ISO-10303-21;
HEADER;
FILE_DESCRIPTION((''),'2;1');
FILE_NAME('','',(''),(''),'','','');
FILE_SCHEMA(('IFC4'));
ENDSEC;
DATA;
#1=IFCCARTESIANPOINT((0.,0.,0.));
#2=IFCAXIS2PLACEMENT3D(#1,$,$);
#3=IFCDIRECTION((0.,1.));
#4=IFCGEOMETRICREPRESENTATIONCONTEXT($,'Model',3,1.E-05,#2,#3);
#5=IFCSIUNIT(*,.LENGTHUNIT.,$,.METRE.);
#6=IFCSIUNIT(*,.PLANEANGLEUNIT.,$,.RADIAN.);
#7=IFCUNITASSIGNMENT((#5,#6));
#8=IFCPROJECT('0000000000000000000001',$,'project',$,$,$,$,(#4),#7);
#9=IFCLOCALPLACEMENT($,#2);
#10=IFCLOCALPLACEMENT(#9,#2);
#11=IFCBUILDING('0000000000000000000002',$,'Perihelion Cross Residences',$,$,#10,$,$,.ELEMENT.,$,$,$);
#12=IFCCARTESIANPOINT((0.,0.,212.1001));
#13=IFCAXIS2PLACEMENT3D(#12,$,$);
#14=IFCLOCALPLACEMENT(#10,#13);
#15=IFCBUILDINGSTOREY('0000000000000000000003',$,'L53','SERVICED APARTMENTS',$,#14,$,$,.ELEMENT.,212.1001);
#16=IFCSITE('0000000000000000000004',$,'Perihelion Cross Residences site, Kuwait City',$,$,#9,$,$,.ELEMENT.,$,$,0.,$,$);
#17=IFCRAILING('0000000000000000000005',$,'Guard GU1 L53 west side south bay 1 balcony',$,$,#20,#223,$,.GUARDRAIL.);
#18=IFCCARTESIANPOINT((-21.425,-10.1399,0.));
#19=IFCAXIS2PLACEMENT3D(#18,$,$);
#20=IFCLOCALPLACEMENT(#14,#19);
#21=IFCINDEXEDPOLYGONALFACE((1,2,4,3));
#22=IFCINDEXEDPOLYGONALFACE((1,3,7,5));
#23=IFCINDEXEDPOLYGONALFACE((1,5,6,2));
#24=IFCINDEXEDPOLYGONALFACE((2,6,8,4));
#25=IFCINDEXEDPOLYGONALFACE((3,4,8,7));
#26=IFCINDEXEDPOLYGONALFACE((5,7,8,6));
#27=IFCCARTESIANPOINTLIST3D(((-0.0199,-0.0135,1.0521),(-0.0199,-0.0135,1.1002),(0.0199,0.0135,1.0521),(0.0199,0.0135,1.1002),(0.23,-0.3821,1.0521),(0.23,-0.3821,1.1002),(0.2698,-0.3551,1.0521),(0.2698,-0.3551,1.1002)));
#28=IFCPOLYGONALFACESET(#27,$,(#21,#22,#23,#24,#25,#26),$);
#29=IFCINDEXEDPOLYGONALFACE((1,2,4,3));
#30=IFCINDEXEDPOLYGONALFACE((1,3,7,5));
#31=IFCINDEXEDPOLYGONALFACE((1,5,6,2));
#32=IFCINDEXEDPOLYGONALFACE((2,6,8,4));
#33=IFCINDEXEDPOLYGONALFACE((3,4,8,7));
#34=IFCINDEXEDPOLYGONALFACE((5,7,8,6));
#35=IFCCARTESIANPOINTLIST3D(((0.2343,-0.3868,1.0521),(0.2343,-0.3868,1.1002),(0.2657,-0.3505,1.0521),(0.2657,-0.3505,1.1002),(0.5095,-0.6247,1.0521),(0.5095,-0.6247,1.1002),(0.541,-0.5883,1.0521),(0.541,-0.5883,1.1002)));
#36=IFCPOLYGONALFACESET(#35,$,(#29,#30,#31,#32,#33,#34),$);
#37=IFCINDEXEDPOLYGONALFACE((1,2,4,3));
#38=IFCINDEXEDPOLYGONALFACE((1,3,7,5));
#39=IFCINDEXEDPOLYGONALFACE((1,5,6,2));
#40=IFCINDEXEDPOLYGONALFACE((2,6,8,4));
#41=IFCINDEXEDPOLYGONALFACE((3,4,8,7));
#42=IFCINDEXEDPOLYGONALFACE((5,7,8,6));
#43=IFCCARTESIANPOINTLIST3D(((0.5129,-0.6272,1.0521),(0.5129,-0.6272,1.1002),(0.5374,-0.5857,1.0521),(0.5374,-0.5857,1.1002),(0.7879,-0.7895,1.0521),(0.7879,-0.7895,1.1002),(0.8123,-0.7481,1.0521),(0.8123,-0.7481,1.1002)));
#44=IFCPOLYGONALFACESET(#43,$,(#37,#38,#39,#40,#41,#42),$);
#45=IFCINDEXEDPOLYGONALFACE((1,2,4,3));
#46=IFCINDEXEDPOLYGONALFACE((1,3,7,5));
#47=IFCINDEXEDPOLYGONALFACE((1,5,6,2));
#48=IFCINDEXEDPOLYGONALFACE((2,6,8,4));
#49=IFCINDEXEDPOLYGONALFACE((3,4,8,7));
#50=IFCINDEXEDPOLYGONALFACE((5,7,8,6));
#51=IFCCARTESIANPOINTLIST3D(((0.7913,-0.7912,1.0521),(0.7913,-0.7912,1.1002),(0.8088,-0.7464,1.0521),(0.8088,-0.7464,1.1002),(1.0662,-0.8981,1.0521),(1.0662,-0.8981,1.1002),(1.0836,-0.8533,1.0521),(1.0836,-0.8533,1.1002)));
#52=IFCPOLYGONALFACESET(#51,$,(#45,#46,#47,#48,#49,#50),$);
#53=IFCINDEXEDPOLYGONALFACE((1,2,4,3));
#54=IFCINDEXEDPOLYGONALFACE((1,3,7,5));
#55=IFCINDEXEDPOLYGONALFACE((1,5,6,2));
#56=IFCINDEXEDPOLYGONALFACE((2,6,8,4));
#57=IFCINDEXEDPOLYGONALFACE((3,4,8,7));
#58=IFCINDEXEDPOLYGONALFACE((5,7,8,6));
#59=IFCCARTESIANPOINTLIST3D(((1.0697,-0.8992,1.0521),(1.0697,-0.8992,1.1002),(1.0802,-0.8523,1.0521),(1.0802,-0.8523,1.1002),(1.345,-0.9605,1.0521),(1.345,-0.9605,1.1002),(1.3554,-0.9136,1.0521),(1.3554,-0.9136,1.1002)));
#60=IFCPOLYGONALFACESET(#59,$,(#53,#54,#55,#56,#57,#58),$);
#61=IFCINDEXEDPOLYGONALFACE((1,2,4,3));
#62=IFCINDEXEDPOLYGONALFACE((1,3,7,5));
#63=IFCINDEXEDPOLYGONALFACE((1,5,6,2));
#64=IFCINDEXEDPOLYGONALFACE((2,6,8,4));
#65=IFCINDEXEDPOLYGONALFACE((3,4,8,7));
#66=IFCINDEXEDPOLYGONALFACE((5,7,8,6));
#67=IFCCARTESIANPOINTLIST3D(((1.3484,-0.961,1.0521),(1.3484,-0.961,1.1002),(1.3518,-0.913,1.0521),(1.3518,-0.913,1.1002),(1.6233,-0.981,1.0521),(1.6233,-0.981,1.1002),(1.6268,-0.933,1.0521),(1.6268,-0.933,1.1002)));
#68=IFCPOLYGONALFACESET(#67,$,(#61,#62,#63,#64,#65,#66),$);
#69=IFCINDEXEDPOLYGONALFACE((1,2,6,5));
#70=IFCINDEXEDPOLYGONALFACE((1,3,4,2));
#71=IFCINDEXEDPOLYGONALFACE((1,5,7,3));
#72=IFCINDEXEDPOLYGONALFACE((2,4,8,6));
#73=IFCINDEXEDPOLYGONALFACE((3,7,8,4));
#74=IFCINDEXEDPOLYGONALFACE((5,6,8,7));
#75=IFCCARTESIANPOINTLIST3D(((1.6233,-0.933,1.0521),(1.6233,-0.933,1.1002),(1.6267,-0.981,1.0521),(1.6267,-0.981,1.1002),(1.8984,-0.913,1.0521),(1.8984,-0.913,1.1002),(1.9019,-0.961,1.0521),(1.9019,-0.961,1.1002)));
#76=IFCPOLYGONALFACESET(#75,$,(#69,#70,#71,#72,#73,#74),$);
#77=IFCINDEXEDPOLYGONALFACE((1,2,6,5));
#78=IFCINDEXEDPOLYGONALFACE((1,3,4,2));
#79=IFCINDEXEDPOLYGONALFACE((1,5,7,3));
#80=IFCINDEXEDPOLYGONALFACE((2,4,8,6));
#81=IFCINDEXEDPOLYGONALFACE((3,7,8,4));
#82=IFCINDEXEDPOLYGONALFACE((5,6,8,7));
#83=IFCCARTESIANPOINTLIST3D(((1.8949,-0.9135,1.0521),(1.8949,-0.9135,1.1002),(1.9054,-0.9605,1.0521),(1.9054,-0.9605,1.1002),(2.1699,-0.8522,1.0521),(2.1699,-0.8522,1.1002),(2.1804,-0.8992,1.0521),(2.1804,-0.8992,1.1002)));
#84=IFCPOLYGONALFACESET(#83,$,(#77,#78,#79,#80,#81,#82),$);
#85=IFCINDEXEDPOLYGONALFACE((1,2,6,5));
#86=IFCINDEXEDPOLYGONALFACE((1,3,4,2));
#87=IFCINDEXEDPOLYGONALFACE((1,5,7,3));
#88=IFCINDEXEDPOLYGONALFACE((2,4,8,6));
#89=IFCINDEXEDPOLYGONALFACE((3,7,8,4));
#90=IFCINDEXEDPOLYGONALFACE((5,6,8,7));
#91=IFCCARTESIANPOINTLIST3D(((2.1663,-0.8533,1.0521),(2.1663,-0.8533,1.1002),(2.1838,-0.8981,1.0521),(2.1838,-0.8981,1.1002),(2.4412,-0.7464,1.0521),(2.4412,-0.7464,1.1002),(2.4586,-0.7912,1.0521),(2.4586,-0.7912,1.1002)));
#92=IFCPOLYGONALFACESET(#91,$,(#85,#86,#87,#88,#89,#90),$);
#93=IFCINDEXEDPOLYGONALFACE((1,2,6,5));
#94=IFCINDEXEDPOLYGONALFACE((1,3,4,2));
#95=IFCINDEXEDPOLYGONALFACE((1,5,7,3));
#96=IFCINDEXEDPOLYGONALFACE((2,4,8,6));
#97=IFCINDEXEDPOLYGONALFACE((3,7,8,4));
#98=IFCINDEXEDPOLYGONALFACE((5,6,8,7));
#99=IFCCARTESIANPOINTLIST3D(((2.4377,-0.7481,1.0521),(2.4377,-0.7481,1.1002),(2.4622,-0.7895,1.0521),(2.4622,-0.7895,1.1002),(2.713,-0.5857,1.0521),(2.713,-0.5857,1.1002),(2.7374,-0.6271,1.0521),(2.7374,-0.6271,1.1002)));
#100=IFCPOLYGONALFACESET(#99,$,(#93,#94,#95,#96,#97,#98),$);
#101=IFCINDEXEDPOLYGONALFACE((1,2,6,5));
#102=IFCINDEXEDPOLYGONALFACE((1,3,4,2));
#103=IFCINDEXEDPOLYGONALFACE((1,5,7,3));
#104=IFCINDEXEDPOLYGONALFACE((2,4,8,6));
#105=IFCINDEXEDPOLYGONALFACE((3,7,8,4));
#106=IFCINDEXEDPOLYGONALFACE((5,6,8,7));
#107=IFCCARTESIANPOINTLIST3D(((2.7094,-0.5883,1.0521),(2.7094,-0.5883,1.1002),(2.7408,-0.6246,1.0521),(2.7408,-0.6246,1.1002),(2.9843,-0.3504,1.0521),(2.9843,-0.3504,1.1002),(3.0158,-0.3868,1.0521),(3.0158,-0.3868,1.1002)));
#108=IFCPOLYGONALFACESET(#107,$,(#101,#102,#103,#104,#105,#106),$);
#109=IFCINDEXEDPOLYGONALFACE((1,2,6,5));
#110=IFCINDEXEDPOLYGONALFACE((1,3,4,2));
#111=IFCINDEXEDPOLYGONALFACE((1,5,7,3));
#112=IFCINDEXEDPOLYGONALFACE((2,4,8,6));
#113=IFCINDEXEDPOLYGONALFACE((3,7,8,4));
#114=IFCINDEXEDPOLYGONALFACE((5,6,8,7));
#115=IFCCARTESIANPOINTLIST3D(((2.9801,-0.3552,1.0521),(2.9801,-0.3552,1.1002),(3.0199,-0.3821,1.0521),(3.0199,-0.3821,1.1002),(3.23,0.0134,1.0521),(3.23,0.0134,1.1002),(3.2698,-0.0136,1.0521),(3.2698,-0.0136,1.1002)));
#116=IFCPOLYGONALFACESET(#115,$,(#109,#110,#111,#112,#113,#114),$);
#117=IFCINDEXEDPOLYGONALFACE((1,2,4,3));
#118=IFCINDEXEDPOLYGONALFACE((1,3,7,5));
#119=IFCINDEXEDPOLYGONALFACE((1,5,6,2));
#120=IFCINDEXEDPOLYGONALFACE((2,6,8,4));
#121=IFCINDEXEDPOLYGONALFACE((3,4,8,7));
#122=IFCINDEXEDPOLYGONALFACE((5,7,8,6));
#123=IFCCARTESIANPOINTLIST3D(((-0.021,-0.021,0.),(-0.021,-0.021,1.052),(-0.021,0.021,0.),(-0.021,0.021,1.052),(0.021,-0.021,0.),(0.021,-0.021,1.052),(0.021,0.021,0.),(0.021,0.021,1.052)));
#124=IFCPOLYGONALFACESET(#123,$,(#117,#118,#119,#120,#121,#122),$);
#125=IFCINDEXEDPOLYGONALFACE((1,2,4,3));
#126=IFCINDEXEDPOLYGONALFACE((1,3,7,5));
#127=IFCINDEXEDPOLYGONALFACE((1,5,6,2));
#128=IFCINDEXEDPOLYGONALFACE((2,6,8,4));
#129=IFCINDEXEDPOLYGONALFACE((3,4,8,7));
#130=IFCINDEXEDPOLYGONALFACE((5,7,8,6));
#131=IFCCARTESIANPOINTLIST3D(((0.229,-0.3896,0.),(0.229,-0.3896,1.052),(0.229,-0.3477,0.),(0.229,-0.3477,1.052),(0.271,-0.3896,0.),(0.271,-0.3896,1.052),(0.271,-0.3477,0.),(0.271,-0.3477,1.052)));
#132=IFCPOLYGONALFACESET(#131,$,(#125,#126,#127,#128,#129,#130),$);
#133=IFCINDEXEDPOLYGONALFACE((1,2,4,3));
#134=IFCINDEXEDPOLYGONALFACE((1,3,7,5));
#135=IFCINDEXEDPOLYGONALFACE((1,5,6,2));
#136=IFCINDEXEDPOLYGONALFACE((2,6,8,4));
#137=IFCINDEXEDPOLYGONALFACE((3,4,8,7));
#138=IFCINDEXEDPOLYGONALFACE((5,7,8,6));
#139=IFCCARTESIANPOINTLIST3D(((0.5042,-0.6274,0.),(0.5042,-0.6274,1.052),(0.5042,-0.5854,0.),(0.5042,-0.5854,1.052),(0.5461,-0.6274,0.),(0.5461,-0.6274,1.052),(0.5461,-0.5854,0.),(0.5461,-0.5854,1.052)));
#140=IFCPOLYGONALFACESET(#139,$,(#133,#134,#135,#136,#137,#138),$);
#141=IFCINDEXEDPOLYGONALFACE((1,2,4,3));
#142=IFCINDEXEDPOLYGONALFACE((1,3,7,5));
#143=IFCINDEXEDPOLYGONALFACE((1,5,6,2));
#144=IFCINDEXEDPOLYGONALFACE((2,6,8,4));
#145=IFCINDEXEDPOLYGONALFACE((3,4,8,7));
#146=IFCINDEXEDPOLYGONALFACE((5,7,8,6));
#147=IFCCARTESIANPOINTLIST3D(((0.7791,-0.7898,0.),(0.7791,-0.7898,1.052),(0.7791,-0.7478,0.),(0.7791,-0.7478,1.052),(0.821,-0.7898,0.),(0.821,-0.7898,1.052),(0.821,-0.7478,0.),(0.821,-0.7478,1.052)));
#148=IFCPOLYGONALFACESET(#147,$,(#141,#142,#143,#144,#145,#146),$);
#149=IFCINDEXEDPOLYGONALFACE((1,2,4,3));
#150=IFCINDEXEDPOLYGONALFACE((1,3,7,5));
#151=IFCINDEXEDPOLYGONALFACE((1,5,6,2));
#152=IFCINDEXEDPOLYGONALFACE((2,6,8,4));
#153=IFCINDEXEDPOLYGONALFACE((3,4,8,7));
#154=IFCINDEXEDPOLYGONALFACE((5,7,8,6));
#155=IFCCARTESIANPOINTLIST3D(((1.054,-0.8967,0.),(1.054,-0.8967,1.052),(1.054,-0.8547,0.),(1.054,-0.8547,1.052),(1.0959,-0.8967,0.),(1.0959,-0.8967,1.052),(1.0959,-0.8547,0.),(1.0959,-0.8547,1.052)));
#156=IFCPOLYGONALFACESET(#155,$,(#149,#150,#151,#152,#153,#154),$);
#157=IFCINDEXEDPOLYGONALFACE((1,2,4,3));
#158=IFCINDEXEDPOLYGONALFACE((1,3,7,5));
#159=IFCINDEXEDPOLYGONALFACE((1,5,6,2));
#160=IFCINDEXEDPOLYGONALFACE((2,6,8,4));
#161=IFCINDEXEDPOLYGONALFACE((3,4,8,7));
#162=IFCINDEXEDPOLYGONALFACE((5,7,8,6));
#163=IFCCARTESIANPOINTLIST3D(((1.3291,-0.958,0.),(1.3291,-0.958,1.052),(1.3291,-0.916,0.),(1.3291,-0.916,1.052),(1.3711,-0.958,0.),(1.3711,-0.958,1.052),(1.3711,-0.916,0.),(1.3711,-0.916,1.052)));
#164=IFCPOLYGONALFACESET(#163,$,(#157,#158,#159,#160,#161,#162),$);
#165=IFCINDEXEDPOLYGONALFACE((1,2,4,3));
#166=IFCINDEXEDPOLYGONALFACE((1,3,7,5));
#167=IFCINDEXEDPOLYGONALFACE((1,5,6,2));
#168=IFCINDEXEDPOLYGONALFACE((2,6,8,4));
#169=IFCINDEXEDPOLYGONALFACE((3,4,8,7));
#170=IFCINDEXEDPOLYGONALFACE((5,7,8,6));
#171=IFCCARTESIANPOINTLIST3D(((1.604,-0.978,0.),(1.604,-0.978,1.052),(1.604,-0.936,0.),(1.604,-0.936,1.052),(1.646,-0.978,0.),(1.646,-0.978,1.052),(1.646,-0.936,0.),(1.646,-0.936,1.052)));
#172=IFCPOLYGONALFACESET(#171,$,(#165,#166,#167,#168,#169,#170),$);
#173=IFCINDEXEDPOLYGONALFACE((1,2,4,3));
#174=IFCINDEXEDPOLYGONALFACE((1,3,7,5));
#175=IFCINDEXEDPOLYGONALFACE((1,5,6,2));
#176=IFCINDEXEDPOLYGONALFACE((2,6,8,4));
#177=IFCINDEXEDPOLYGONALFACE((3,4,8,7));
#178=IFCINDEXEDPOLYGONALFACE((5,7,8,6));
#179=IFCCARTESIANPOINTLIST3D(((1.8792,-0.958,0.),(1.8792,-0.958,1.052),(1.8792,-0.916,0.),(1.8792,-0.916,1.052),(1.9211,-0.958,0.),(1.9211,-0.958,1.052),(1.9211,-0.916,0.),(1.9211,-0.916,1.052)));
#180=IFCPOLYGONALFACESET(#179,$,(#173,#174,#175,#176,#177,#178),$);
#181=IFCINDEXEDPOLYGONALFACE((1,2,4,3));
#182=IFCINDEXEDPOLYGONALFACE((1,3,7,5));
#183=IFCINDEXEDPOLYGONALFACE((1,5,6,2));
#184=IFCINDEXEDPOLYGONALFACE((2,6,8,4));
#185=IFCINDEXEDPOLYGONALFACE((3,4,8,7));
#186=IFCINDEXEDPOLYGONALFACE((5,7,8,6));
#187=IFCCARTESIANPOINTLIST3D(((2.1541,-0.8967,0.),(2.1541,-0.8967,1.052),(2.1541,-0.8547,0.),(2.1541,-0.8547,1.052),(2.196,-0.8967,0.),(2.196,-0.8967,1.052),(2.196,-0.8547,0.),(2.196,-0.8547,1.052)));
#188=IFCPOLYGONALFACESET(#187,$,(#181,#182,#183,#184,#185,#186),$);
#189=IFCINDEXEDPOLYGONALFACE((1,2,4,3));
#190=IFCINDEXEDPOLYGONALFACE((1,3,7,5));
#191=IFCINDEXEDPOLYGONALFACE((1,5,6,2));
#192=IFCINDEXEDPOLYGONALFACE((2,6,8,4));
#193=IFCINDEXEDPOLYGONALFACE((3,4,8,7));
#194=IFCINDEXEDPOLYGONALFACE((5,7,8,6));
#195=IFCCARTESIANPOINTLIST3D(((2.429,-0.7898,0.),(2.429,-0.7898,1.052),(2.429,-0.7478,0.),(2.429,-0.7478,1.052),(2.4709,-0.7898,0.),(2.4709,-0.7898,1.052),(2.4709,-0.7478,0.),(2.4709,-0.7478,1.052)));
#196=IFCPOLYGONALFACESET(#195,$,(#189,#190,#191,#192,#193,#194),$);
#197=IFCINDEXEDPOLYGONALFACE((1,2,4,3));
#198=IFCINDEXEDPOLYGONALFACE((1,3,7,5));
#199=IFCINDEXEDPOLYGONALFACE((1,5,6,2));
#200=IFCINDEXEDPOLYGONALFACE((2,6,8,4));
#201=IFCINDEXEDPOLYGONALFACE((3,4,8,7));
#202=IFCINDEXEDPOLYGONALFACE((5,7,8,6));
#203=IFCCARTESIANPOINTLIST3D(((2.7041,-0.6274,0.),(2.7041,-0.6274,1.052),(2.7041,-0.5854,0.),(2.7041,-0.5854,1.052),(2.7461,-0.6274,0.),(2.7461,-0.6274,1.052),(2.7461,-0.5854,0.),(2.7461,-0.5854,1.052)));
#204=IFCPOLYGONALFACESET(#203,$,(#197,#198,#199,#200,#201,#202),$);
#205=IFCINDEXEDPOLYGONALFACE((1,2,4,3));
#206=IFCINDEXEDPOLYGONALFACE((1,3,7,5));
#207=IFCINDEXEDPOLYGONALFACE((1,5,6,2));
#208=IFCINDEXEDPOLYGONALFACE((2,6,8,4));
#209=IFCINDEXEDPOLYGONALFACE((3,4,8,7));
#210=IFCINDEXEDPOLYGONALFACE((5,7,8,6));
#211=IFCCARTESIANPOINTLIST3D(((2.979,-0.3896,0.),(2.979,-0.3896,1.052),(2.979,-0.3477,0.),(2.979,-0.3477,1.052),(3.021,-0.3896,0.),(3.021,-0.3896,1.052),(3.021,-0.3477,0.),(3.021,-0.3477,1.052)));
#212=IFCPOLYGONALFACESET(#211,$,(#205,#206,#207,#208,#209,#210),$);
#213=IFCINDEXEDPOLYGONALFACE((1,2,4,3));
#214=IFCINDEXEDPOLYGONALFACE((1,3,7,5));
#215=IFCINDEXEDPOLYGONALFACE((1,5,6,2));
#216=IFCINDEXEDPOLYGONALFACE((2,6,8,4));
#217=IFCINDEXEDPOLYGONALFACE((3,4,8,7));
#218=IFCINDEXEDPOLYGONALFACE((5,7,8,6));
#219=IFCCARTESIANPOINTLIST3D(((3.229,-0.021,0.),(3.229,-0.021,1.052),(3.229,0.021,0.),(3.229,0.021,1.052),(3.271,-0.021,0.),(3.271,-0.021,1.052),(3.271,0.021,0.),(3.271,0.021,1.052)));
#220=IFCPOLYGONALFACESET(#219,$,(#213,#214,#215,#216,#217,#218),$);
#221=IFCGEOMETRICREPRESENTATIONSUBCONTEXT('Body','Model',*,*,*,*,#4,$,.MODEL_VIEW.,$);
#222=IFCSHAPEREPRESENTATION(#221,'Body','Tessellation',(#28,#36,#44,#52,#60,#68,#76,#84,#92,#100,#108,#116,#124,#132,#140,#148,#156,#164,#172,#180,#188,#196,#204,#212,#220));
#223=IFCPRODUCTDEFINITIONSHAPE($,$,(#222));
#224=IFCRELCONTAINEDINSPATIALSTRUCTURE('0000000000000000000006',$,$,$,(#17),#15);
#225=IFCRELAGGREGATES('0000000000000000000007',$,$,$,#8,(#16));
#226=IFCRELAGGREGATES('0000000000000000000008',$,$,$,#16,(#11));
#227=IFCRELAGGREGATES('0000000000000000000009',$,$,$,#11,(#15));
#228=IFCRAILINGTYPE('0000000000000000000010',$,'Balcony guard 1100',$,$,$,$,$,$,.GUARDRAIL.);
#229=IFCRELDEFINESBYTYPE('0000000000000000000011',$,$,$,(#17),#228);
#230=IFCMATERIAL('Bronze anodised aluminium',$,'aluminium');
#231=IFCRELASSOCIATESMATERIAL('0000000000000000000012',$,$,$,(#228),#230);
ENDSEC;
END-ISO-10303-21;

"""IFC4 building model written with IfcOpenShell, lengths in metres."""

from ifc_helpers import new_model, si_unit, direction, frame, origin, origin_2d, place, context, subcontext, project, spatial, rectangle, extrude, material, type_object, element, save


model = new_model("IFC4")

# Units and contexts
model_context = context("Model", 3, precision=1e-05, world=origin(), true_north=direction((0.0, 1.0)))
body_context = subcontext(model_context, "Body", "Model", "MODEL_VIEW")
ifc_project = project(units=[si_unit("LENGTHUNIT", "METRE"), si_unit("PLANEANGLEUNIT", "RADIAN")], contexts=[model_context])

# Site, building, storey
site_placement = place(None, origin())
site = spatial("IfcSite", under=ifc_project, at=site_placement, Name="Perihelion Cross Residences site, Kuwait City", CompositionType="ELEMENT", RefElevation=0.0)
building_placement = place(site_placement, origin())
building = spatial("IfcBuilding", under=site, at=building_placement, Name="Perihelion Cross Residences", CompositionType="ELEMENT")
storey_placement = place(building_placement, frame((0.0, 0.0, 212.1001)))
storey = spatial("IfcBuildingStorey", under=building, at=storey_placement, Name="L53", Description="SERVICED APARTMENTS", CompositionType="ELEMENT", Elevation=212.1001)

# Railing
ifc_material_1 = material(Name="Bronze anodised aluminium", Category="aluminium")
railing_type_1 = type_object("IfcRailingType", Name="Balcony guard 1100", PredefinedType="GUARDRAIL", material=ifc_material_1)
railing_1_placement = place(storey_placement, frame((-21.425, -10.1399, 0.0)))
element("IfcRailing", 1, at=railing_1_placement, inside=storey, type_object=railing_type_1, Name="Guard GU1 L53 west side south bay 1 balcony", PredefinedType="GUARDRAIL", context=body_context, shape_type="SweptSolid", body=[
    extrude(rectangle(XDim=0.0481, YDim=0.0481, at=origin_2d()), frame((0.0, 0.0, 1.0762), z_axis=(0.56126, -0.827639, 0.0), x_axis=(0.827639, 0.56126, 0.0)), (0.0, 0.0, 1.0), 0.4453),
    extrude(rectangle(XDim=0.0481, YDim=0.0481, at=origin_2d()), frame((0.25, -0.3687, 1.0762), z_axis=(0.756597, -0.653882, 0.0), x_axis=(0.653882, 0.756597, 0.0)), (0.0, 0.0, 1.0), 0.3638),
    extrude(rectangle(XDim=0.0481, YDim=0.0481, at=origin_2d()), frame((0.5251, -0.6064, 1.0762), z_axis=(0.861048, -0.508523, 0.0), x_axis=(0.508523, 0.861048, 0.0)), (0.0, 0.0, 1.0), 0.3193),
    extrude(rectangle(XDim=0.0481, YDim=0.0481, at=origin_2d()), frame((0.8, -0.7688, 1.0762), z_axis=(0.931974, -0.362526, 0.0), x_axis=(0.362526, 0.931974, 0.0)), (0.0, 0.0, 1.0), 0.2949),
    extrude(rectangle(XDim=0.0481, YDim=0.0481, at=origin_2d()), frame((1.075, -0.8757, 1.0762), z_axis=(0.976085, -0.217389, 0.0), x_axis=(0.217389, 0.976085, 0.0)), (0.0, 0.0, 1.0), 0.282),
    extrude(rectangle(XDim=0.0481, YDim=0.0481, at=origin_2d()), frame((1.3501, -0.937, 1.0762), z_axis=(0.997359, -0.072632, 0.0), x_axis=(0.072632, 0.997359, 0.0)), (0.0, 0.0, 1.0), 0.2756),
    extrude(rectangle(XDim=0.0481, YDim=0.0481, at=origin_2d()), frame((1.625, -0.957, 1.0762), z_axis=(0.997363, 0.072568, 0.0), x_axis=(-0.072568, 0.997363, 0.0)), (0.0, 0.0, 1.0), 0.2759),
    extrude(rectangle(XDim=0.0481, YDim=0.0481, at=origin_2d()), frame((1.9001, -0.937, 1.0762), z_axis=(0.976044, 0.217573, 0.0), x_axis=(-0.217573, 0.976044, 0.0)), (0.0, 0.0, 1.0), 0.2817),
    extrude(rectangle(XDim=0.0481, YDim=0.0481, at=origin_2d()), frame((2.175, -0.8757, 1.0762), z_axis=(0.931974, 0.362526, 0.0), x_axis=(-0.362526, 0.931974, 0.0)), (0.0, 0.0, 1.0), 0.2949),
    extrude(rectangle(XDim=0.0481, YDim=0.0481, at=origin_2d()), frame((2.45, -0.7688, 1.0762), z_axis=(0.861246, 0.508189, 0.0), x_axis=(-0.508189, 0.861246, 0.0)), (0.0, 0.0, 1.0), 0.3196),
    extrude(rectangle(XDim=0.0481, YDim=0.0481, at=origin_2d()), frame((2.7251, -0.6064, 1.0762), z_axis=(0.756309, 0.654214, 0.0), x_axis=(-0.654214, 0.756309, 0.0)), (0.0, 0.0, 1.0), 0.3635),
    extrude(rectangle(XDim=0.0481, YDim=0.0481, at=origin_2d()), frame((3.0, -0.3687, 1.0762), z_axis=(0.56126, 0.827639, 0.0), x_axis=(-0.827639, 0.56126, 0.0)), (0.0, 0.0, 1.0), 0.4453),
    extrude(rectangle(XDim=0.042, YDim=0.042, at=origin_2d()), origin(), (0.0, 0.0, 1.0), 1.052),
    extrude(rectangle(XDim=0.042, YDim=0.042, at=origin_2d()), frame((0.25, -0.3687, 0.0)), (0.0, 0.0, 1.0), 1.052),
    extrude(rectangle(XDim=0.042, YDim=0.042, at=origin_2d()), frame((0.5251, -0.6064, 0.0)), (0.0, 0.0, 1.0), 1.052),
    extrude(rectangle(XDim=0.042, YDim=0.042, at=origin_2d()), frame((0.8, -0.7688, 0.0)), (0.0, 0.0, 1.0), 1.052),
    extrude(rectangle(XDim=0.042, YDim=0.042, at=origin_2d()), frame((1.075, -0.8757, 0.0)), (0.0, 0.0, 1.0), 1.052),
    extrude(rectangle(XDim=0.042, YDim=0.042, at=origin_2d()), frame((1.3501, -0.937, 0.0)), (0.0, 0.0, 1.0), 1.052),
    extrude(rectangle(XDim=0.042, YDim=0.042, at=origin_2d()), frame((1.625, -0.957, 0.0)), (0.0, 0.0, 1.0), 1.052),
    extrude(rectangle(XDim=0.042, YDim=0.042, at=origin_2d()), frame((1.9001, -0.937, 0.0)), (0.0, 0.0, 1.0), 1.052),
    extrude(rectangle(XDim=0.042, YDim=0.042, at=origin_2d()), frame((2.175, -0.8757, 0.0)), (0.0, 0.0, 1.0), 1.052),
    extrude(rectangle(XDim=0.042, YDim=0.042, at=origin_2d()), frame((2.45, -0.7688, 0.0)), (0.0, 0.0, 1.0), 1.052),
    extrude(rectangle(XDim=0.042, YDim=0.042, at=origin_2d()), frame((2.7251, -0.6064, 0.0)), (0.0, 0.0, 1.0), 1.052),
    extrude(rectangle(XDim=0.042, YDim=0.042, at=origin_2d()), frame((3.0, -0.3687, 0.0)), (0.0, 0.0, 1.0), 1.052),
    extrude(rectangle(XDim=0.042, YDim=0.042, at=origin_2d()), frame((3.25, 0.0, 0.0)), (0.0, 0.0, 1.0), 1.052),
])

save(model, "model.ifc")
